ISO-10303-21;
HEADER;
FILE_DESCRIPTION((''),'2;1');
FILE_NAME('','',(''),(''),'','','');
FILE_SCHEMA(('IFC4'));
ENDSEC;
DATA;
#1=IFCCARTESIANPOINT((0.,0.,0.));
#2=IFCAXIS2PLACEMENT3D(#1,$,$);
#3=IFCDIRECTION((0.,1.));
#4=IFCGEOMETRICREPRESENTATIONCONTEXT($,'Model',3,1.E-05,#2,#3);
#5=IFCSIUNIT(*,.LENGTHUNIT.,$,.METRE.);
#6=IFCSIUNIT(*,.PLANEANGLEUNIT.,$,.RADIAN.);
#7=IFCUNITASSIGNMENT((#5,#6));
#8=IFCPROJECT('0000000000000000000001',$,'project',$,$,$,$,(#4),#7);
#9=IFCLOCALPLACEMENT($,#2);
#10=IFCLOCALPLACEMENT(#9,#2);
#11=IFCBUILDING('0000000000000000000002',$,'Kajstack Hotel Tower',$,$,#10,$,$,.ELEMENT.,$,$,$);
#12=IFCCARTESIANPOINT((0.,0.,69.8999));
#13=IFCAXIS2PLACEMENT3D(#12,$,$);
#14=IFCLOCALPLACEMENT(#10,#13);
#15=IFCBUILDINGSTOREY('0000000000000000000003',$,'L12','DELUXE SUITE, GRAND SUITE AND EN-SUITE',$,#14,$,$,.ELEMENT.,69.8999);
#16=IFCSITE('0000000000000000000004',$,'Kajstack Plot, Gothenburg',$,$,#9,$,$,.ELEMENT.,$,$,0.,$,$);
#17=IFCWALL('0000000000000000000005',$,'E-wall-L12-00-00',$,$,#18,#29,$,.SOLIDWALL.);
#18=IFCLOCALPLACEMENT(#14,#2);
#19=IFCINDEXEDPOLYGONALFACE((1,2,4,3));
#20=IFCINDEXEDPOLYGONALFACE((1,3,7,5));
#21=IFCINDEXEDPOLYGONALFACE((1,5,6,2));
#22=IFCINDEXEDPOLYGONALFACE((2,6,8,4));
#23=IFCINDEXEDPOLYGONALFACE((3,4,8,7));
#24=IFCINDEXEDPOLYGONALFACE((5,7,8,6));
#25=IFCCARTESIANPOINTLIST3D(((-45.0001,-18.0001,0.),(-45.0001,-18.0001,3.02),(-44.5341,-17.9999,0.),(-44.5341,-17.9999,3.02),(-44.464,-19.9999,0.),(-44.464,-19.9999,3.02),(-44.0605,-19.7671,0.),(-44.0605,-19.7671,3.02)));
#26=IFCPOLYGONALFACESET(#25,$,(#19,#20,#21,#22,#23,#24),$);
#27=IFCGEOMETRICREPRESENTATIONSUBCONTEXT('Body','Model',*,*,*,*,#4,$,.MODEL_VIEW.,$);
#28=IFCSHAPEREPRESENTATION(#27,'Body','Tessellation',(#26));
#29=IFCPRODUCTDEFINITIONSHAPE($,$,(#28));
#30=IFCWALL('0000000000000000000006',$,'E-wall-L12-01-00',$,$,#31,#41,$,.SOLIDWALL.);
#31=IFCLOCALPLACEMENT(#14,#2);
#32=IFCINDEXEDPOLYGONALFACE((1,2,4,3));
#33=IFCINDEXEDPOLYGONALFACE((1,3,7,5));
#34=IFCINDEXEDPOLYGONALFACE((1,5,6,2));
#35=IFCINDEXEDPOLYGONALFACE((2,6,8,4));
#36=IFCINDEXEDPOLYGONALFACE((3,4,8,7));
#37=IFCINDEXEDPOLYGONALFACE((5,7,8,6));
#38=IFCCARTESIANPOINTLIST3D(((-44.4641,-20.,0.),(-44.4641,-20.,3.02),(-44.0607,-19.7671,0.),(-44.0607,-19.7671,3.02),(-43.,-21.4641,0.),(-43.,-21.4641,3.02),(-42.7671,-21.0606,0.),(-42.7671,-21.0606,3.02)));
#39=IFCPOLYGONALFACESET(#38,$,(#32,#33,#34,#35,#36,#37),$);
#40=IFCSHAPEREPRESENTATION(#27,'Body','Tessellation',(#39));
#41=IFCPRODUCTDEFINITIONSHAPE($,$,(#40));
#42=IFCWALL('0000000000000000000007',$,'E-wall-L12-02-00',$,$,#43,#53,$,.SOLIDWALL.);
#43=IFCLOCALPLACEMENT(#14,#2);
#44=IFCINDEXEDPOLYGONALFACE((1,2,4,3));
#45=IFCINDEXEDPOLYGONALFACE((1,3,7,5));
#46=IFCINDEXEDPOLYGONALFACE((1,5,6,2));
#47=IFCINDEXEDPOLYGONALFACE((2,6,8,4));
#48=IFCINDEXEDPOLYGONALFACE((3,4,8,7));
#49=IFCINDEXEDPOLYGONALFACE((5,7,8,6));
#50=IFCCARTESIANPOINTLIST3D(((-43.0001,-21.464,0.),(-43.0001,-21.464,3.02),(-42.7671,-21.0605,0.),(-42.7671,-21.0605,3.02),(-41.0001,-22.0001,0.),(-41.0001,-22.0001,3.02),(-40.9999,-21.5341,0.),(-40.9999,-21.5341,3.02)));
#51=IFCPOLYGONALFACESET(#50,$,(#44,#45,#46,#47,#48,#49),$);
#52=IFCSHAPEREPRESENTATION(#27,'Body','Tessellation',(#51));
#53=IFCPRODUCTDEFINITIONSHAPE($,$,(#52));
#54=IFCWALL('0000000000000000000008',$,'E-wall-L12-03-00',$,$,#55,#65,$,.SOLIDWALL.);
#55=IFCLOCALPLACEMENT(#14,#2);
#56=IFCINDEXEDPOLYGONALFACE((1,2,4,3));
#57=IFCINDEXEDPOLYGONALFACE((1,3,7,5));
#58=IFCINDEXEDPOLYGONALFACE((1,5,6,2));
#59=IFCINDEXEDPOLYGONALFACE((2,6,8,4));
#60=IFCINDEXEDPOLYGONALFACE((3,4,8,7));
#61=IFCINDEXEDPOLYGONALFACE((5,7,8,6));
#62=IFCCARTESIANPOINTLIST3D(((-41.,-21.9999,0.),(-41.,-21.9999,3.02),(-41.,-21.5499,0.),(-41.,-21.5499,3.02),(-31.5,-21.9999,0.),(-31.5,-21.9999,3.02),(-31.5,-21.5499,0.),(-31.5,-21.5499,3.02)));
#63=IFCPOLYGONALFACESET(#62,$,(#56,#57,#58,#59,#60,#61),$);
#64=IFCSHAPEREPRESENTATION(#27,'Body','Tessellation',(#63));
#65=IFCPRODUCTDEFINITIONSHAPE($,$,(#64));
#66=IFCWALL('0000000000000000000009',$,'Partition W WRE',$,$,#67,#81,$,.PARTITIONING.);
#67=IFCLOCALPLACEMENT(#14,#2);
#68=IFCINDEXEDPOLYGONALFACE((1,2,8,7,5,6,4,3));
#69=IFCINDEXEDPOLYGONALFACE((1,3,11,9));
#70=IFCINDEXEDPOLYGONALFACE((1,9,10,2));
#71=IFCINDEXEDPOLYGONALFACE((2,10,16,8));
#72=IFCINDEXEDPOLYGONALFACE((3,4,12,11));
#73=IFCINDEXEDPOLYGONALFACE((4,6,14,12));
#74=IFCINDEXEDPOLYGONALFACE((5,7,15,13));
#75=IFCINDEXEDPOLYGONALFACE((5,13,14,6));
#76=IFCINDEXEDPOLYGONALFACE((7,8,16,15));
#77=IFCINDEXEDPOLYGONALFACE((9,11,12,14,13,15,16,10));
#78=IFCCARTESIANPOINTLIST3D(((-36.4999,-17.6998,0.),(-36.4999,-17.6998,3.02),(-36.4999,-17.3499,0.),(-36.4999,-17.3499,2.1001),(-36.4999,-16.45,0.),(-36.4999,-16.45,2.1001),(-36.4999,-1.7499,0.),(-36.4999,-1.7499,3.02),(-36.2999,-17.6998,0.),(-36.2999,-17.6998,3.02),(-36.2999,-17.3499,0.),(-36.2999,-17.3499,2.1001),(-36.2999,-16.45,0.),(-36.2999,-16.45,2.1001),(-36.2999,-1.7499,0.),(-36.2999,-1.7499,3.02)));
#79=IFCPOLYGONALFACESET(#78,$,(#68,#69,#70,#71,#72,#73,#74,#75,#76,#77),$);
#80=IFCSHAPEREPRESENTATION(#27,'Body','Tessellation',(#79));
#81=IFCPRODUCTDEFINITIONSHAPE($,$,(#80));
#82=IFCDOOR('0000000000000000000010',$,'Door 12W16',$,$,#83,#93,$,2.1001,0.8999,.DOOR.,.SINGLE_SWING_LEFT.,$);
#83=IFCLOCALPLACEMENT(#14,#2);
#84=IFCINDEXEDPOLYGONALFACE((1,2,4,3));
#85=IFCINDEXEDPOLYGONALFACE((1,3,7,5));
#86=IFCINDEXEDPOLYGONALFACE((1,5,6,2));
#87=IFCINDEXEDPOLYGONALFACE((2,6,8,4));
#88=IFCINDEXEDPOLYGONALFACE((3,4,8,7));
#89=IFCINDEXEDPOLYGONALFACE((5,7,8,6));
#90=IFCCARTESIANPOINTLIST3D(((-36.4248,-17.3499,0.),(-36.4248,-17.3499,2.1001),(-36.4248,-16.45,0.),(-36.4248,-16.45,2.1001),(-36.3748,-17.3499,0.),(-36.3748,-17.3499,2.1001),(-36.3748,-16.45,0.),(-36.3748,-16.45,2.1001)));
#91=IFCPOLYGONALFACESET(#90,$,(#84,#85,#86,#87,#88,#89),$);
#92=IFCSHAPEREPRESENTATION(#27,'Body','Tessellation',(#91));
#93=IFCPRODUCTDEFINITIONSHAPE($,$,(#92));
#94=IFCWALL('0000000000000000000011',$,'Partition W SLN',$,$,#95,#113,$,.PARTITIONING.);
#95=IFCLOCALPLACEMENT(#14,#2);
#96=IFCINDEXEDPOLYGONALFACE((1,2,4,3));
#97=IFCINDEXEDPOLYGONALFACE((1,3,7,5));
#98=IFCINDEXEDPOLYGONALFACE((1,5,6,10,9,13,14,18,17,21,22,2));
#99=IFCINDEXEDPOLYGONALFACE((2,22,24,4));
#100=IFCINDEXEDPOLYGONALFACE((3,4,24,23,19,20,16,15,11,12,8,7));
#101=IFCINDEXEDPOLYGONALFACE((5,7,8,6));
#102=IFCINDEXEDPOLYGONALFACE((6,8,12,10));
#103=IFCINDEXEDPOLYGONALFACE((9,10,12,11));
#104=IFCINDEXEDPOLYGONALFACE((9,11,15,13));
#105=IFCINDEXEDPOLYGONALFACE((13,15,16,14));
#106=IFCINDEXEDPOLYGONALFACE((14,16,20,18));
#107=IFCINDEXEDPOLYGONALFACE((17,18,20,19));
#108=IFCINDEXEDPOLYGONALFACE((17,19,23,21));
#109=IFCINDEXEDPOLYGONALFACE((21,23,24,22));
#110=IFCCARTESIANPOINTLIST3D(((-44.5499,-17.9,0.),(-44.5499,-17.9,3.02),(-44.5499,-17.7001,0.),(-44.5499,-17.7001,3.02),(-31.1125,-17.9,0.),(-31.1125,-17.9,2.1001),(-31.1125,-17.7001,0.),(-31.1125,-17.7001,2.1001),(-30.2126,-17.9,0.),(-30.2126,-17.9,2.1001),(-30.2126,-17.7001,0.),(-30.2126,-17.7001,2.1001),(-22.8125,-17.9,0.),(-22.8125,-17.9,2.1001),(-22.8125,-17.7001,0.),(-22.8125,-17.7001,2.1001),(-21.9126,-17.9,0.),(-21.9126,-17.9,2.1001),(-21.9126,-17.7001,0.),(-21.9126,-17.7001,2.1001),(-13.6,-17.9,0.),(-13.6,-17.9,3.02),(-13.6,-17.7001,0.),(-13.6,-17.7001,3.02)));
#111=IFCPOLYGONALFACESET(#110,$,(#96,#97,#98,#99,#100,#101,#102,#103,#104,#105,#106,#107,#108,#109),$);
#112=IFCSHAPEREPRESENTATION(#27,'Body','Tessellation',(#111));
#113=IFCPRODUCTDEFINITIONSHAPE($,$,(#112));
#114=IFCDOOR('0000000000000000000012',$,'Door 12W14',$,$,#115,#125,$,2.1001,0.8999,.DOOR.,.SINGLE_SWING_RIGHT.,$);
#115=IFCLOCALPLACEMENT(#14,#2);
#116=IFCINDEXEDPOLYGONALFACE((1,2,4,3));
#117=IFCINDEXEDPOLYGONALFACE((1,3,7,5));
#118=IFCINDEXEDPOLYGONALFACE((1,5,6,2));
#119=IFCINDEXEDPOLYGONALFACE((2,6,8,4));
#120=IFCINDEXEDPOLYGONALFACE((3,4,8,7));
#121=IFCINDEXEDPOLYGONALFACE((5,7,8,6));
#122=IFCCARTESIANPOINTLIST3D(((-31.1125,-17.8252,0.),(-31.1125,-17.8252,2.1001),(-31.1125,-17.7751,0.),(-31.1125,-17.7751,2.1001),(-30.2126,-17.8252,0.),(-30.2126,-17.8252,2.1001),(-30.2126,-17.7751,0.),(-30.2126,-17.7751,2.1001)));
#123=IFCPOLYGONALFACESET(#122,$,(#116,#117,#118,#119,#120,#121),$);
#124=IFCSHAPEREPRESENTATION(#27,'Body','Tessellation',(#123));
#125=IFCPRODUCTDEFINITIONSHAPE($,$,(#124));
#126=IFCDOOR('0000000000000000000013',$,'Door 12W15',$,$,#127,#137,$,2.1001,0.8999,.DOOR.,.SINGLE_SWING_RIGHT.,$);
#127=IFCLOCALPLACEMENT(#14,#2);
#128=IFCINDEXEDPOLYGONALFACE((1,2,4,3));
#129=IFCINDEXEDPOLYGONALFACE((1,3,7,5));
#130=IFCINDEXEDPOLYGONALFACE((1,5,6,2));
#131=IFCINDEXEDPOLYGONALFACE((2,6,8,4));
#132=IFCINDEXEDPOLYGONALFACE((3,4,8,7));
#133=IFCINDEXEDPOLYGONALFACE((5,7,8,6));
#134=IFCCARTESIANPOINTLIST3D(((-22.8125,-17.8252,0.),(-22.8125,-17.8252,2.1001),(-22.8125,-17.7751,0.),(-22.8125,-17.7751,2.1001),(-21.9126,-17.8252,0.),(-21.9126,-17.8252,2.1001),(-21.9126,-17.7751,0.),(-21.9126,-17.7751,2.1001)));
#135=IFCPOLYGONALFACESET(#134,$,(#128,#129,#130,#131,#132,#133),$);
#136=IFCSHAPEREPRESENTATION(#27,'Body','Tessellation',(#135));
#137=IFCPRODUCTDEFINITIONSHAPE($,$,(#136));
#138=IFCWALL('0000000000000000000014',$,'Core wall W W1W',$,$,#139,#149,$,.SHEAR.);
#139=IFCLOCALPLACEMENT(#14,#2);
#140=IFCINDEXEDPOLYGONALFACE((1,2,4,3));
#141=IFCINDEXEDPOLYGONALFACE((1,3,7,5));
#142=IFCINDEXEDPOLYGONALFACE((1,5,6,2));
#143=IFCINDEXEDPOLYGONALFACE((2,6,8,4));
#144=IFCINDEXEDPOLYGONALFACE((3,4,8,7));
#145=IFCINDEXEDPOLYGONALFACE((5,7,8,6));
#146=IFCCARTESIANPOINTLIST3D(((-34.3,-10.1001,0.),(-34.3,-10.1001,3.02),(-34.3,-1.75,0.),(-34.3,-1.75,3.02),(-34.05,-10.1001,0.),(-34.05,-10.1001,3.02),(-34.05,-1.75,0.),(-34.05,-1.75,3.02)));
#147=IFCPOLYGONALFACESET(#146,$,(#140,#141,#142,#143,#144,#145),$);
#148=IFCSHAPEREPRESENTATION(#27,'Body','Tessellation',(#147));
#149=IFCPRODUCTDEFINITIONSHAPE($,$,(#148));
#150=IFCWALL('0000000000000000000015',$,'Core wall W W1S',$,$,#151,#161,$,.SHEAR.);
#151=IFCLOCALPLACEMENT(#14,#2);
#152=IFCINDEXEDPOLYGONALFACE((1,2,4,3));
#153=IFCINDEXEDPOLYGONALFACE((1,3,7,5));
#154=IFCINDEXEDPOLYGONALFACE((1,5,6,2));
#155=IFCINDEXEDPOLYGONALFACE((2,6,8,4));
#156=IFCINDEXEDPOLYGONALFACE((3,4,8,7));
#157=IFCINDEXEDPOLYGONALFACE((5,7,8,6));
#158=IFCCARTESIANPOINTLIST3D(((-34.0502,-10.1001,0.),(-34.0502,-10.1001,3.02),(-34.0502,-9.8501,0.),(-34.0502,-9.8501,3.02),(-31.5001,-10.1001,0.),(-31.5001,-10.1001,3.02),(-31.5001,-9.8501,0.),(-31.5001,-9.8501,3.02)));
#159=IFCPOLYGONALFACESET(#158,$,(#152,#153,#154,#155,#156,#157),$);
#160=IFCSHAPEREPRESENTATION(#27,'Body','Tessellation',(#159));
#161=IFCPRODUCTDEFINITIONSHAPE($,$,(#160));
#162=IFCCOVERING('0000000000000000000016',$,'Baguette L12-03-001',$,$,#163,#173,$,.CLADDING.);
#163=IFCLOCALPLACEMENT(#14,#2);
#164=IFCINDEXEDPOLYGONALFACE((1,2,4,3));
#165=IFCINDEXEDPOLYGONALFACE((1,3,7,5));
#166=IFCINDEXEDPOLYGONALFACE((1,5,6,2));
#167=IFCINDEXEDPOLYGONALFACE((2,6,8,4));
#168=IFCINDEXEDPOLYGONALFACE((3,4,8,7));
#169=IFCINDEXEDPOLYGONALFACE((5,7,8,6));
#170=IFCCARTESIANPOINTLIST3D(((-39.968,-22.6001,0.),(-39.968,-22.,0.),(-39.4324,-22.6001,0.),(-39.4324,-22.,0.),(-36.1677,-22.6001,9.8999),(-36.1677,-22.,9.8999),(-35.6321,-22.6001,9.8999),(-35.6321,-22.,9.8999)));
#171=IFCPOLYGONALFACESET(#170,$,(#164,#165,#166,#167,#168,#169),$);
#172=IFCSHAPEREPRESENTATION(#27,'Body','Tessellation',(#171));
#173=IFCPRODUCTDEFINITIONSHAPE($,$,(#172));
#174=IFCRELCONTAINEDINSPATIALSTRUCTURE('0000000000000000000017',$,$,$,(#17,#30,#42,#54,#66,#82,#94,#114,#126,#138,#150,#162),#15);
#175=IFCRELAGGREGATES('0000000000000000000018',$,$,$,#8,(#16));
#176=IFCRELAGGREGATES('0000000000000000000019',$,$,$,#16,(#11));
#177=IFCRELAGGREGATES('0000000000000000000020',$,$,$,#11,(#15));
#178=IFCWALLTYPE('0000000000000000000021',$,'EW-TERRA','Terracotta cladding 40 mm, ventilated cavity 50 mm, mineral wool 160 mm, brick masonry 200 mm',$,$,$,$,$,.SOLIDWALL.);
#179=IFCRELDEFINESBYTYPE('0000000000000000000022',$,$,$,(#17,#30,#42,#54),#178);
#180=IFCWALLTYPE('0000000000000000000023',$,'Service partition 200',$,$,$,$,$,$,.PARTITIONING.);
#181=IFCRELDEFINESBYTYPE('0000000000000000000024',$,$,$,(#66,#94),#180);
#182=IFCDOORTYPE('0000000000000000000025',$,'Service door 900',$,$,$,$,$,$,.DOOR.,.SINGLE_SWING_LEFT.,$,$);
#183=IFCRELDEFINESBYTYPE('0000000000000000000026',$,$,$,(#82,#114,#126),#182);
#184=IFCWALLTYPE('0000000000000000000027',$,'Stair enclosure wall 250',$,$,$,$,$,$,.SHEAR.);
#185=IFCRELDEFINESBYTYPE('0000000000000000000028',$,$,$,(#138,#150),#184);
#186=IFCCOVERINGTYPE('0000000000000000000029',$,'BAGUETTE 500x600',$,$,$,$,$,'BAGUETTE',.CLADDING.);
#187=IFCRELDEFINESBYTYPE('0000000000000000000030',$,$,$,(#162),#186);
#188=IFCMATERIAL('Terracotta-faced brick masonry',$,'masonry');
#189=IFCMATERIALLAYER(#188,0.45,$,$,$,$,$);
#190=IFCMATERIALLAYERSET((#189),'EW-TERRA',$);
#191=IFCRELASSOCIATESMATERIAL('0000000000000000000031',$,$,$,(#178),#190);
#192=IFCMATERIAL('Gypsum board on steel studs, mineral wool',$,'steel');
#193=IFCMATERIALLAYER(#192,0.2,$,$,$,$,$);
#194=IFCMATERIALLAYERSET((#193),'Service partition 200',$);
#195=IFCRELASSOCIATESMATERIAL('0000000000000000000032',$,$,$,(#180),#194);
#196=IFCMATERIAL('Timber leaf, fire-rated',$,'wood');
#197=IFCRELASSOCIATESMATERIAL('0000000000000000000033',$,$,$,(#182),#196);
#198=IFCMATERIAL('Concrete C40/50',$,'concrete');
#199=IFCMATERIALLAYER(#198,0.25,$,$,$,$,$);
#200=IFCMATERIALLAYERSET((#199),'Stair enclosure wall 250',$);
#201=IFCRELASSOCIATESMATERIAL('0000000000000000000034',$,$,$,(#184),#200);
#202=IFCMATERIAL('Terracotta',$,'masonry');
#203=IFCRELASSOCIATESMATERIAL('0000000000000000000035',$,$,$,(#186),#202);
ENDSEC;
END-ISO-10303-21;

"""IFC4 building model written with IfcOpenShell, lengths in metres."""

from ifc_helpers import new_model, si_unit, direction, frame, frame_2d, origin, origin_2d, place, context, subcontext, project, spatial, polyline, rectangle, outline, extrude, material, layer, layer_set, material_profile, profile_set, type_object, element, fill, save


model = new_model("IFC4")

# Units and contexts
model_context = context("Model", 3, precision=1e-05, world=origin(), true_north=direction((0.0, 1.0)))
body_context = subcontext(model_context, "Body", "Model", "MODEL_VIEW")
ifc_project = project(units=[si_unit("LENGTHUNIT", "METRE"), si_unit("PLANEANGLEUNIT", "RADIAN")], contexts=[model_context])

# Site, building, storey
site_placement = place(None, origin())
site = spatial("IfcSite", under=ifc_project, at=site_placement, Name="Kajstack Plot, Gothenburg", CompositionType="ELEMENT", RefElevation=0.0)
building_placement = place(site_placement, origin())
building = spatial("IfcBuilding", under=site, at=building_placement, Name="Kajstack Hotel Tower", CompositionType="ELEMENT")
storey_placement = place(building_placement, frame((0.0, 0.0, 69.8999)))
storey = spatial("IfcBuildingStorey", under=building, at=storey_placement, Name="L12", Description="DELUXE SUITE, GRAND SUITE AND EN-SUITE", CompositionType="ELEMENT", Elevation=69.8999)

# Walls
ifc_material_1 = material(Name="Terracotta-faced brick masonry", Category="masonry")
ifc_layer_1 = layer(ifc_material_1, 0.45)
ifc_layer_set_1 = layer_set([ifc_layer_1], Name="EW-TERRA")
wall_type_1 = type_object("IfcWallType", Name="EW-TERRA", Description="Terracotta cladding 40 mm, ventilated cavity 50 mm, mineral wool 160 mm, brick masonry 200 mm", PredefinedType="SOLIDWALL", material=ifc_layer_set_1)
wall_1_placement = place(storey_placement, frame((-44.7827, -17.9417, 0.0), z_axis=(0.0, 0.0, 1.0), x_axis=(0.258815, -0.965927, 0.0)))
element("IfcWall", 1, at=wall_1_placement, inside=storey, type_object=wall_type_1, Name="E-wall-L12-00-00", PredefinedType="SOLIDWALL", context=body_context, shape_type="SweptSolid", body=[
    extrude(outline(polyline([(0.0002, -0.2251), (2.0706, -0.2249), (1.9502, 0.2251), (0.1206, 0.2251), (0.0002, -0.2251)])), origin(), (0.0, 0.0, 1.0), 3.02),
])
wall_2_placement = place(storey_placement, frame((-44.3049, -19.8408, 0.0), z_axis=(0.0, 0.0, 1.0), x_axis=(0.707107, -0.707107, 0.0)))
element("IfcWall", 2, at=wall_2_placement, inside=storey, type_object=wall_type_1, Name="E-wall-L12-01-00", PredefinedType="SOLIDWALL", context=body_context, shape_type="SweptSolid", body=[
    extrude(outline(polyline([(0.0, -0.2251), (2.0706, -0.2251), (1.95, 0.2249), (0.1206, 0.2249), (0.0, -0.2251)])), origin(), (0.0, 0.0, 1.0), 3.02),
])
wall_3_placement = place(storey_placement, frame((-42.9417, -21.2468, 0.0), z_axis=(0.0, 0.0, 1.0), x_axis=(0.965927, -0.258815, 0.0)))
element("IfcWall", 3, at=wall_3_placement, inside=storey, type_object=wall_type_1, Name="E-wall-L12-02-00", PredefinedType="SOLIDWALL", context=body_context, shape_type="SweptSolid", body=[
    extrude(outline(polyline([(-0.0002, -0.2249), (2.0703, -0.2251), (1.95, 0.2251), (0.1204, 0.2251), (-0.0002, -0.2249)])), origin(), (0.0, 0.0, 1.0), 3.02),
])
wall_4_placement = place(storey_placement, frame((-41.0, -21.7749, 0.0), z_axis=(0.0, 0.0, 1.0), x_axis=(1.0, 0.0, 0.0)))
element("IfcWall", 4, at=wall_4_placement, inside=storey, type_object=wall_type_1, Name="E-wall-L12-03-00", PredefinedType="SOLIDWALL", context=body_context, shape_type="SweptSolid", body=[
    extrude(rectangle(XDim=9.5, YDim=0.45, at=frame_2d((4.75, 0.0))), origin(), (0.0, 0.0, 1.0), 3.02),
])

# Wall, opening, door
ifc_material_2 = material(Name="Gypsum board on steel studs, mineral wool", Category="steel")
ifc_layer_2 = layer(ifc_material_2, 0.2)
ifc_layer_set_2 = layer_set([ifc_layer_2], Name="Service partition 200")
wall_type_2 = type_object("IfcWallType", Name="Service partition 200", PredefinedType="PARTITIONING", material=ifc_layer_set_2)
wall_5_placement = place(storey_placement, frame((-36.3999, -17.7, 0.0), z_axis=(0.0, 0.0, 1.0), x_axis=(0.0, 1.0, 0.0)))
wall_5 = element("IfcWall", 5, at=wall_5_placement, inside=storey, type_object=wall_type_2, Name="Partition W WRE", PredefinedType="PARTITIONING", context=body_context, shape_type="SweptSolid", body=[
    extrude(rectangle(XDim=15.95, YDim=0.2, at=frame_2d((7.9751, 0.0))), origin(), (0.0, 0.0, 1.0), 3.02),
])
opening_1_placement = place(wall_5_placement, frame((0.3501, 0.0, 0.0)))
opening_1 = element("IfcOpeningElement", 6, at=opening_1_placement, cuts=wall_5, PredefinedType="OPENING", context=body_context, shape_type="SweptSolid", body=[
    extrude(rectangle(XDim=0.8999, YDim=2.1001, at=frame_2d((0.45, 1.05))), frame((0.0, 0.1099, 0.0), z_axis=(0.0, -1.0, 0.0), x_axis=(1.0, 0.0, 0.0)), (0.0, 0.0, 1.0), 0.22),
])
ifc_material_3 = material(Name="Timber leaf, fire-rated", Category="wood")
door_type = type_object("IfcDoorType", Name="Service door 900", OperationType="SINGLE_SWING_LEFT", PredefinedType="DOOR", material=ifc_material_3)
door_1_placement = place(opening_1_placement, origin())
door_1 = element("IfcDoor", 7, at=door_1_placement, inside=storey, type_object=door_type, Name="Door 12W16", OperationType="SINGLE_SWING_LEFT", OverallHeight=2.1001, OverallWidth=0.8999, PredefinedType="DOOR", context=body_context, shape_type="SweptSolid", body=[
    extrude(rectangle(XDim=0.8999, YDim=2.1001, at=frame_2d((0.45, 1.05))), frame((0.0, 0.0249, 0.0), z_axis=(0.0, -1.0, 0.0), x_axis=(1.0, 0.0, 0.0)), (0.0, 0.0, 1.0), 0.05),
])
fill(opening_1, door_1)

# Wall, openings, doors
wall_6_placement = place(storey_placement, frame((-44.55, -17.8, 0.0), z_axis=(0.0, 0.0, 1.0), x_axis=(1.0, 0.0, 0.0)))
wall_6 = element("IfcWall", 8, at=wall_6_placement, inside=storey, type_object=wall_type_2, Name="Partition W SLN", PredefinedType="PARTITIONING", context=body_context, shape_type="SweptSolid", body=[
    extrude(rectangle(XDim=30.95, YDim=0.2, at=frame_2d((15.4751, 0.0))), origin(), (0.0, 0.0, 1.0), 3.02),
])
opening_2_placement = place(wall_6_placement, frame((13.4375, 0.0, 0.0)))
opening_2 = element("IfcOpeningElement", 9, at=opening_2_placement, cuts=wall_6, PredefinedType="OPENING", context=body_context, shape_type="SweptSolid", body=[
    extrude(rectangle(XDim=0.8999, YDim=2.1001, at=frame_2d((0.45, 1.05))), frame((0.0, 0.1099, 0.0), z_axis=(0.0, -1.0, 0.0), x_axis=(1.0, 0.0, 0.0)), (0.0, 0.0, 1.0), 0.22),
])
opening_3_placement = place(wall_6_placement, frame((21.7375, 0.0, 0.0)))
opening_3 = element("IfcOpeningElement", 10, at=opening_3_placement, cuts=wall_6, PredefinedType="OPENING", context=body_context, shape_type="SweptSolid", body=[
    extrude(rectangle(XDim=0.8999, YDim=2.1001, at=frame_2d((0.45, 1.05))), frame((0.0, 0.1099, 0.0), z_axis=(0.0, -1.0, 0.0), x_axis=(1.0, 0.0, 0.0)), (0.0, 0.0, 1.0), 0.22),
])
door_2_placement = place(opening_2_placement, origin())
door_2 = element("IfcDoor", 11, at=door_2_placement, inside=storey, type_object=door_type, Name="Door 12W14", OperationType="SINGLE_SWING_RIGHT", OverallHeight=2.1001, OverallWidth=0.8999, PredefinedType="DOOR", context=body_context, shape_type="SweptSolid", body=[
    extrude(rectangle(XDim=0.8999, YDim=2.1001, at=frame_2d((0.45, 1.05))), frame((0.0, 0.0249, 0.0), z_axis=(0.0, -1.0, 0.0), x_axis=(1.0, 0.0, 0.0)), (0.0, 0.0, 1.0), 0.05),
])
fill(opening_2, door_2)
door_3_placement = place(opening_3_placement, origin())
door_3 = element("IfcDoor", 12, at=door_3_placement, inside=storey, type_object=door_type, Name="Door 12W15", OperationType="SINGLE_SWING_RIGHT", OverallHeight=2.1001, OverallWidth=0.8999, PredefinedType="DOOR", context=body_context, shape_type="SweptSolid", body=[
    extrude(rectangle(XDim=0.8999, YDim=2.1001, at=frame_2d((0.45, 1.05))), frame((0.0, 0.0249, 0.0), z_axis=(0.0, -1.0, 0.0), x_axis=(1.0, 0.0, 0.0)), (0.0, 0.0, 1.0), 0.05),
])
fill(opening_3, door_3)

# Walls
ifc_material_4 = material(Name="Concrete C40/50", Category="concrete")
ifc_layer_3 = layer(ifc_material_4, 0.25)
ifc_layer_set_3 = layer_set([ifc_layer_3], Name="Stair enclosure wall 250")
wall_type_3 = type_object("IfcWallType", Name="Stair enclosure wall 250", PredefinedType="SHEAR", material=ifc_layer_set_3)
wall_7_placement = place(storey_placement, frame((-34.175, -10.1001, 0.0), z_axis=(0.0, 0.0, 1.0), x_axis=(0.0, 1.0, 0.0)))
element("IfcWall", 13, at=wall_7_placement, inside=storey, type_object=wall_type_3, Name="Core wall W W1W", PredefinedType="SHEAR", context=body_context, shape_type="SweptSolid", body=[
    extrude(rectangle(XDim=8.3501, YDim=0.25, at=frame_2d((4.175, 0.0))), origin(), (0.0, 0.0, 1.0), 3.02),
])
wall_8_placement = place(storey_placement, frame((-34.05, -9.9751, 0.0), z_axis=(0.0, 0.0, 1.0), x_axis=(1.0, 0.0, 0.0)))
element("IfcWall", 14, at=wall_8_placement, inside=storey, type_object=wall_type_3, Name="Core wall W W1S", PredefinedType="SHEAR", context=body_context, shape_type="SweptSolid", body=[
    extrude(rectangle(XDim=2.55, YDim=0.25, at=frame_2d((1.2749, 0.0))), origin(), (0.0, 0.0, 1.0), 3.02),
])

# Covering
ifc_material_5 = material(Name="Terracotta", Category="masonry")
ifc_material_profile = material_profile(ifc_material_5, rectangle(XDim=0.6001, YDim=0.5, at=origin_2d()), Name="Terracotta-clad concrete baguette 500 x 600")
ifc_profile_set = profile_set([ifc_material_profile], Name="Terracotta")
covering_type = type_object("IfcCoveringType", Name="BAGUETTE 500x600", ElementType="BAGUETTE", PredefinedType="CLADDING", material=ifc_profile_set)
for number, where, z_axis, x_axis, name in (
    (15, (-39.968, -22.0, 0.0), (0.0, -1.0, 0.0), (1.0, 0.0, 0.0), "Baguette L12-03-001"),
):
    element("IfcCovering", number, at=place(storey_placement, frame(where, z_axis=z_axis, x_axis=x_axis)), inside=storey, type_object=covering_type, Name=name, PredefinedType="CLADDING", context=body_context, shape_type="SweptSolid", body=[
        extrude(outline(polyline([(3.8003, 9.8999), (0.0, 0.0), (0.5356, 0.0), (4.3359, 9.8999), (3.8003, 9.8999)])), origin(), (0.0, 0.0, 1.0), 0.6001),
    ])

save(model, "model.ifc")
